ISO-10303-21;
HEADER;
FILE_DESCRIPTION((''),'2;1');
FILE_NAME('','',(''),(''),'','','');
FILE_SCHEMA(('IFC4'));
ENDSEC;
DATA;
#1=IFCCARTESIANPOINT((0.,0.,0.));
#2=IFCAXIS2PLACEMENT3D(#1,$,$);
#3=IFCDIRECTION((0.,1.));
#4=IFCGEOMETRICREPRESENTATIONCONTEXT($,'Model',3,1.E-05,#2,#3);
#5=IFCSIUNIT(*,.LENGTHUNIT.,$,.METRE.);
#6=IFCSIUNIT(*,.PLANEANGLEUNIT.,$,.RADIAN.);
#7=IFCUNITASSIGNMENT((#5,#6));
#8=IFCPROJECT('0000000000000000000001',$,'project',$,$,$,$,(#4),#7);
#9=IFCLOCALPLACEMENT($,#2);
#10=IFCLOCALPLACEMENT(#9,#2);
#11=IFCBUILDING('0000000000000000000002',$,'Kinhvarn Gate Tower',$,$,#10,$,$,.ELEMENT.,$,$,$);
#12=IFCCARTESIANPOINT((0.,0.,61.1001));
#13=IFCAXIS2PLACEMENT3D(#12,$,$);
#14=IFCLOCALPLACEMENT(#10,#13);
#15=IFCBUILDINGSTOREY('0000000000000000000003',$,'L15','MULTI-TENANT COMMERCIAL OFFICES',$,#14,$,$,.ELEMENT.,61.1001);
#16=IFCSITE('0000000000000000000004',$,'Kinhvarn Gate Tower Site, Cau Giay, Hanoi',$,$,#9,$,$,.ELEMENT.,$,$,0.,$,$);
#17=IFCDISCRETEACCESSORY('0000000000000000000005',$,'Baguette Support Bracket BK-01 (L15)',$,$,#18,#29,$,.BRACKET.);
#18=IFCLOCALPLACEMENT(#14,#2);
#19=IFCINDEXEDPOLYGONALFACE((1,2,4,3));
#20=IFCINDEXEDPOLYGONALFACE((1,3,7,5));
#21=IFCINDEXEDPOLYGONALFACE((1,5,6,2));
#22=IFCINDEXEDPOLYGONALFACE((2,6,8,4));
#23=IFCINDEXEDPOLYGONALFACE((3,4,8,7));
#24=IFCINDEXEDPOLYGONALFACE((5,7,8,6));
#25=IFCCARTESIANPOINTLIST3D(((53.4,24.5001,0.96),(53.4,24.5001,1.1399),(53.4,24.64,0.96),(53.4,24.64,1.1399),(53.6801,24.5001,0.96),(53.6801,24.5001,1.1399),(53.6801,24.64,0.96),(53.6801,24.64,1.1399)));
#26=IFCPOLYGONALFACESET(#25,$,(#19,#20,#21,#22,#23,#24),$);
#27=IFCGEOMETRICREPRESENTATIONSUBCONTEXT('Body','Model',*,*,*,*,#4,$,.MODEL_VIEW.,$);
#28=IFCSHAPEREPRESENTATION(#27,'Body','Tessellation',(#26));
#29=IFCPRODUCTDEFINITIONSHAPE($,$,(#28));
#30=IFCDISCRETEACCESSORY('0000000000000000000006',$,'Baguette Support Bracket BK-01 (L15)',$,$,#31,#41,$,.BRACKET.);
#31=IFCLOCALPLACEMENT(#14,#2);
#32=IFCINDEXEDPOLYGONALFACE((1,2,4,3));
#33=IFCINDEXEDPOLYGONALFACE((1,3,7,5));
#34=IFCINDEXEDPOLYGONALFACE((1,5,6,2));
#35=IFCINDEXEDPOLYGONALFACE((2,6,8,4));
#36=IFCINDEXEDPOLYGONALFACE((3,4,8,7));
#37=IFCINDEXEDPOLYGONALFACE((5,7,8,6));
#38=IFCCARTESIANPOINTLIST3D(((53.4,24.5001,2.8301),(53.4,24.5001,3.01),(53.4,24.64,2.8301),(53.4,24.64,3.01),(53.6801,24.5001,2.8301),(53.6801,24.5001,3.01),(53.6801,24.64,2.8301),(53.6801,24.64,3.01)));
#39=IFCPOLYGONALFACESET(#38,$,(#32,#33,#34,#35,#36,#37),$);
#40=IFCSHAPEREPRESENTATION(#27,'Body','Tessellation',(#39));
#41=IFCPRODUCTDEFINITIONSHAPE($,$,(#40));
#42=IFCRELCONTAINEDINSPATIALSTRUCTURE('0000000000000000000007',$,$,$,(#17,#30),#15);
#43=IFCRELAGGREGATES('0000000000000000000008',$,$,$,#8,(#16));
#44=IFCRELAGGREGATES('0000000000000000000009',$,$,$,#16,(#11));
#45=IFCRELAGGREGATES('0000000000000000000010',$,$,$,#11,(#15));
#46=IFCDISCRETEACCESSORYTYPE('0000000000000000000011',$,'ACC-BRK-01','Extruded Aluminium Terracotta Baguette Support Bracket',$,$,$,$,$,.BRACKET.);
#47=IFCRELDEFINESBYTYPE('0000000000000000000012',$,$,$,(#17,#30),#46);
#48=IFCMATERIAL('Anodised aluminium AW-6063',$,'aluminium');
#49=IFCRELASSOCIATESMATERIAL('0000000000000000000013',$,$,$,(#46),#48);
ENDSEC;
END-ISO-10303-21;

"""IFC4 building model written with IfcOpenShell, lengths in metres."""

from ifc_helpers import new_model, si_unit, direction, frame, origin, origin_2d, place, context, subcontext, project, spatial, rectangle, extrude, material, type_object, element, save


model = new_model("IFC4")

# Units and contexts
model_context = context("Model", 3, precision=1e-05, world=origin(), true_north=direction((0.0, 1.0)))
body_context = subcontext(model_context, "Body", "Model", "MODEL_VIEW")
ifc_project = project(units=[si_unit("LENGTHUNIT", "METRE"), si_unit("PLANEANGLEUNIT", "RADIAN")], contexts=[model_context])

# Site, building, storey
site_placement = place(None, origin())
site = spatial("IfcSite", under=ifc_project, at=site_placement, Name="Kinhvarn Gate Tower Site, Cau Giay, Hanoi", CompositionType="ELEMENT", RefElevation=0.0)
building_placement = place(site_placement, origin())
building = spatial("IfcBuilding", under=site, at=building_placement, Name="Kinhvarn Gate Tower", CompositionType="ELEMENT")
storey_placement = place(building_placement, frame((0.0, 0.0, 61.1001)))
storey = spatial("IfcBuildingStorey", under=building, at=storey_placement, Name="L15", Description="MULTI-TENANT COMMERCIAL OFFICES", CompositionType="ELEMENT", Elevation=61.1001)

# Shared definitions
ifc_material_1 = material(Name="Anodised aluminium AW-6063", Category="aluminium")

# Discrete accessories
discrete_accessory_type = type_object("IfcDiscreteAccessoryType", Name="ACC-BRK-01", Description="Extruded Aluminium Terracotta Baguette Support Bracket", PredefinedType="BRACKET", material=ifc_material_1)
for number, where, z_axis, x_axis, name in (
    (1, (53.54, 24.5701, 0.96), (0.0, 0.0, 1.0), (0.0, 1.0, 0.0), "Baguette Support Bracket BK-01 (L15)"),
    (2, (53.54, 24.5701, 2.8301), (0.0, 0.0, 1.0), (0.0, 1.0, 0.0), "Baguette Support Bracket BK-01 (L15)"),
):
    element("IfcDiscreteAccessory", number, at=place(storey_placement, frame(where, z_axis=z_axis, x_axis=x_axis)), inside=storey, type_object=discrete_accessory_type, Name=name, PredefinedType="BRACKET", context=body_context, shape_type="SweptSolid", body=[
        extrude(rectangle(XDim=0.1399, YDim=0.28, at=origin_2d()), origin(), (0.0, 0.0, 1.0), 0.1799),
    ])

save(model, "model.ifc")
